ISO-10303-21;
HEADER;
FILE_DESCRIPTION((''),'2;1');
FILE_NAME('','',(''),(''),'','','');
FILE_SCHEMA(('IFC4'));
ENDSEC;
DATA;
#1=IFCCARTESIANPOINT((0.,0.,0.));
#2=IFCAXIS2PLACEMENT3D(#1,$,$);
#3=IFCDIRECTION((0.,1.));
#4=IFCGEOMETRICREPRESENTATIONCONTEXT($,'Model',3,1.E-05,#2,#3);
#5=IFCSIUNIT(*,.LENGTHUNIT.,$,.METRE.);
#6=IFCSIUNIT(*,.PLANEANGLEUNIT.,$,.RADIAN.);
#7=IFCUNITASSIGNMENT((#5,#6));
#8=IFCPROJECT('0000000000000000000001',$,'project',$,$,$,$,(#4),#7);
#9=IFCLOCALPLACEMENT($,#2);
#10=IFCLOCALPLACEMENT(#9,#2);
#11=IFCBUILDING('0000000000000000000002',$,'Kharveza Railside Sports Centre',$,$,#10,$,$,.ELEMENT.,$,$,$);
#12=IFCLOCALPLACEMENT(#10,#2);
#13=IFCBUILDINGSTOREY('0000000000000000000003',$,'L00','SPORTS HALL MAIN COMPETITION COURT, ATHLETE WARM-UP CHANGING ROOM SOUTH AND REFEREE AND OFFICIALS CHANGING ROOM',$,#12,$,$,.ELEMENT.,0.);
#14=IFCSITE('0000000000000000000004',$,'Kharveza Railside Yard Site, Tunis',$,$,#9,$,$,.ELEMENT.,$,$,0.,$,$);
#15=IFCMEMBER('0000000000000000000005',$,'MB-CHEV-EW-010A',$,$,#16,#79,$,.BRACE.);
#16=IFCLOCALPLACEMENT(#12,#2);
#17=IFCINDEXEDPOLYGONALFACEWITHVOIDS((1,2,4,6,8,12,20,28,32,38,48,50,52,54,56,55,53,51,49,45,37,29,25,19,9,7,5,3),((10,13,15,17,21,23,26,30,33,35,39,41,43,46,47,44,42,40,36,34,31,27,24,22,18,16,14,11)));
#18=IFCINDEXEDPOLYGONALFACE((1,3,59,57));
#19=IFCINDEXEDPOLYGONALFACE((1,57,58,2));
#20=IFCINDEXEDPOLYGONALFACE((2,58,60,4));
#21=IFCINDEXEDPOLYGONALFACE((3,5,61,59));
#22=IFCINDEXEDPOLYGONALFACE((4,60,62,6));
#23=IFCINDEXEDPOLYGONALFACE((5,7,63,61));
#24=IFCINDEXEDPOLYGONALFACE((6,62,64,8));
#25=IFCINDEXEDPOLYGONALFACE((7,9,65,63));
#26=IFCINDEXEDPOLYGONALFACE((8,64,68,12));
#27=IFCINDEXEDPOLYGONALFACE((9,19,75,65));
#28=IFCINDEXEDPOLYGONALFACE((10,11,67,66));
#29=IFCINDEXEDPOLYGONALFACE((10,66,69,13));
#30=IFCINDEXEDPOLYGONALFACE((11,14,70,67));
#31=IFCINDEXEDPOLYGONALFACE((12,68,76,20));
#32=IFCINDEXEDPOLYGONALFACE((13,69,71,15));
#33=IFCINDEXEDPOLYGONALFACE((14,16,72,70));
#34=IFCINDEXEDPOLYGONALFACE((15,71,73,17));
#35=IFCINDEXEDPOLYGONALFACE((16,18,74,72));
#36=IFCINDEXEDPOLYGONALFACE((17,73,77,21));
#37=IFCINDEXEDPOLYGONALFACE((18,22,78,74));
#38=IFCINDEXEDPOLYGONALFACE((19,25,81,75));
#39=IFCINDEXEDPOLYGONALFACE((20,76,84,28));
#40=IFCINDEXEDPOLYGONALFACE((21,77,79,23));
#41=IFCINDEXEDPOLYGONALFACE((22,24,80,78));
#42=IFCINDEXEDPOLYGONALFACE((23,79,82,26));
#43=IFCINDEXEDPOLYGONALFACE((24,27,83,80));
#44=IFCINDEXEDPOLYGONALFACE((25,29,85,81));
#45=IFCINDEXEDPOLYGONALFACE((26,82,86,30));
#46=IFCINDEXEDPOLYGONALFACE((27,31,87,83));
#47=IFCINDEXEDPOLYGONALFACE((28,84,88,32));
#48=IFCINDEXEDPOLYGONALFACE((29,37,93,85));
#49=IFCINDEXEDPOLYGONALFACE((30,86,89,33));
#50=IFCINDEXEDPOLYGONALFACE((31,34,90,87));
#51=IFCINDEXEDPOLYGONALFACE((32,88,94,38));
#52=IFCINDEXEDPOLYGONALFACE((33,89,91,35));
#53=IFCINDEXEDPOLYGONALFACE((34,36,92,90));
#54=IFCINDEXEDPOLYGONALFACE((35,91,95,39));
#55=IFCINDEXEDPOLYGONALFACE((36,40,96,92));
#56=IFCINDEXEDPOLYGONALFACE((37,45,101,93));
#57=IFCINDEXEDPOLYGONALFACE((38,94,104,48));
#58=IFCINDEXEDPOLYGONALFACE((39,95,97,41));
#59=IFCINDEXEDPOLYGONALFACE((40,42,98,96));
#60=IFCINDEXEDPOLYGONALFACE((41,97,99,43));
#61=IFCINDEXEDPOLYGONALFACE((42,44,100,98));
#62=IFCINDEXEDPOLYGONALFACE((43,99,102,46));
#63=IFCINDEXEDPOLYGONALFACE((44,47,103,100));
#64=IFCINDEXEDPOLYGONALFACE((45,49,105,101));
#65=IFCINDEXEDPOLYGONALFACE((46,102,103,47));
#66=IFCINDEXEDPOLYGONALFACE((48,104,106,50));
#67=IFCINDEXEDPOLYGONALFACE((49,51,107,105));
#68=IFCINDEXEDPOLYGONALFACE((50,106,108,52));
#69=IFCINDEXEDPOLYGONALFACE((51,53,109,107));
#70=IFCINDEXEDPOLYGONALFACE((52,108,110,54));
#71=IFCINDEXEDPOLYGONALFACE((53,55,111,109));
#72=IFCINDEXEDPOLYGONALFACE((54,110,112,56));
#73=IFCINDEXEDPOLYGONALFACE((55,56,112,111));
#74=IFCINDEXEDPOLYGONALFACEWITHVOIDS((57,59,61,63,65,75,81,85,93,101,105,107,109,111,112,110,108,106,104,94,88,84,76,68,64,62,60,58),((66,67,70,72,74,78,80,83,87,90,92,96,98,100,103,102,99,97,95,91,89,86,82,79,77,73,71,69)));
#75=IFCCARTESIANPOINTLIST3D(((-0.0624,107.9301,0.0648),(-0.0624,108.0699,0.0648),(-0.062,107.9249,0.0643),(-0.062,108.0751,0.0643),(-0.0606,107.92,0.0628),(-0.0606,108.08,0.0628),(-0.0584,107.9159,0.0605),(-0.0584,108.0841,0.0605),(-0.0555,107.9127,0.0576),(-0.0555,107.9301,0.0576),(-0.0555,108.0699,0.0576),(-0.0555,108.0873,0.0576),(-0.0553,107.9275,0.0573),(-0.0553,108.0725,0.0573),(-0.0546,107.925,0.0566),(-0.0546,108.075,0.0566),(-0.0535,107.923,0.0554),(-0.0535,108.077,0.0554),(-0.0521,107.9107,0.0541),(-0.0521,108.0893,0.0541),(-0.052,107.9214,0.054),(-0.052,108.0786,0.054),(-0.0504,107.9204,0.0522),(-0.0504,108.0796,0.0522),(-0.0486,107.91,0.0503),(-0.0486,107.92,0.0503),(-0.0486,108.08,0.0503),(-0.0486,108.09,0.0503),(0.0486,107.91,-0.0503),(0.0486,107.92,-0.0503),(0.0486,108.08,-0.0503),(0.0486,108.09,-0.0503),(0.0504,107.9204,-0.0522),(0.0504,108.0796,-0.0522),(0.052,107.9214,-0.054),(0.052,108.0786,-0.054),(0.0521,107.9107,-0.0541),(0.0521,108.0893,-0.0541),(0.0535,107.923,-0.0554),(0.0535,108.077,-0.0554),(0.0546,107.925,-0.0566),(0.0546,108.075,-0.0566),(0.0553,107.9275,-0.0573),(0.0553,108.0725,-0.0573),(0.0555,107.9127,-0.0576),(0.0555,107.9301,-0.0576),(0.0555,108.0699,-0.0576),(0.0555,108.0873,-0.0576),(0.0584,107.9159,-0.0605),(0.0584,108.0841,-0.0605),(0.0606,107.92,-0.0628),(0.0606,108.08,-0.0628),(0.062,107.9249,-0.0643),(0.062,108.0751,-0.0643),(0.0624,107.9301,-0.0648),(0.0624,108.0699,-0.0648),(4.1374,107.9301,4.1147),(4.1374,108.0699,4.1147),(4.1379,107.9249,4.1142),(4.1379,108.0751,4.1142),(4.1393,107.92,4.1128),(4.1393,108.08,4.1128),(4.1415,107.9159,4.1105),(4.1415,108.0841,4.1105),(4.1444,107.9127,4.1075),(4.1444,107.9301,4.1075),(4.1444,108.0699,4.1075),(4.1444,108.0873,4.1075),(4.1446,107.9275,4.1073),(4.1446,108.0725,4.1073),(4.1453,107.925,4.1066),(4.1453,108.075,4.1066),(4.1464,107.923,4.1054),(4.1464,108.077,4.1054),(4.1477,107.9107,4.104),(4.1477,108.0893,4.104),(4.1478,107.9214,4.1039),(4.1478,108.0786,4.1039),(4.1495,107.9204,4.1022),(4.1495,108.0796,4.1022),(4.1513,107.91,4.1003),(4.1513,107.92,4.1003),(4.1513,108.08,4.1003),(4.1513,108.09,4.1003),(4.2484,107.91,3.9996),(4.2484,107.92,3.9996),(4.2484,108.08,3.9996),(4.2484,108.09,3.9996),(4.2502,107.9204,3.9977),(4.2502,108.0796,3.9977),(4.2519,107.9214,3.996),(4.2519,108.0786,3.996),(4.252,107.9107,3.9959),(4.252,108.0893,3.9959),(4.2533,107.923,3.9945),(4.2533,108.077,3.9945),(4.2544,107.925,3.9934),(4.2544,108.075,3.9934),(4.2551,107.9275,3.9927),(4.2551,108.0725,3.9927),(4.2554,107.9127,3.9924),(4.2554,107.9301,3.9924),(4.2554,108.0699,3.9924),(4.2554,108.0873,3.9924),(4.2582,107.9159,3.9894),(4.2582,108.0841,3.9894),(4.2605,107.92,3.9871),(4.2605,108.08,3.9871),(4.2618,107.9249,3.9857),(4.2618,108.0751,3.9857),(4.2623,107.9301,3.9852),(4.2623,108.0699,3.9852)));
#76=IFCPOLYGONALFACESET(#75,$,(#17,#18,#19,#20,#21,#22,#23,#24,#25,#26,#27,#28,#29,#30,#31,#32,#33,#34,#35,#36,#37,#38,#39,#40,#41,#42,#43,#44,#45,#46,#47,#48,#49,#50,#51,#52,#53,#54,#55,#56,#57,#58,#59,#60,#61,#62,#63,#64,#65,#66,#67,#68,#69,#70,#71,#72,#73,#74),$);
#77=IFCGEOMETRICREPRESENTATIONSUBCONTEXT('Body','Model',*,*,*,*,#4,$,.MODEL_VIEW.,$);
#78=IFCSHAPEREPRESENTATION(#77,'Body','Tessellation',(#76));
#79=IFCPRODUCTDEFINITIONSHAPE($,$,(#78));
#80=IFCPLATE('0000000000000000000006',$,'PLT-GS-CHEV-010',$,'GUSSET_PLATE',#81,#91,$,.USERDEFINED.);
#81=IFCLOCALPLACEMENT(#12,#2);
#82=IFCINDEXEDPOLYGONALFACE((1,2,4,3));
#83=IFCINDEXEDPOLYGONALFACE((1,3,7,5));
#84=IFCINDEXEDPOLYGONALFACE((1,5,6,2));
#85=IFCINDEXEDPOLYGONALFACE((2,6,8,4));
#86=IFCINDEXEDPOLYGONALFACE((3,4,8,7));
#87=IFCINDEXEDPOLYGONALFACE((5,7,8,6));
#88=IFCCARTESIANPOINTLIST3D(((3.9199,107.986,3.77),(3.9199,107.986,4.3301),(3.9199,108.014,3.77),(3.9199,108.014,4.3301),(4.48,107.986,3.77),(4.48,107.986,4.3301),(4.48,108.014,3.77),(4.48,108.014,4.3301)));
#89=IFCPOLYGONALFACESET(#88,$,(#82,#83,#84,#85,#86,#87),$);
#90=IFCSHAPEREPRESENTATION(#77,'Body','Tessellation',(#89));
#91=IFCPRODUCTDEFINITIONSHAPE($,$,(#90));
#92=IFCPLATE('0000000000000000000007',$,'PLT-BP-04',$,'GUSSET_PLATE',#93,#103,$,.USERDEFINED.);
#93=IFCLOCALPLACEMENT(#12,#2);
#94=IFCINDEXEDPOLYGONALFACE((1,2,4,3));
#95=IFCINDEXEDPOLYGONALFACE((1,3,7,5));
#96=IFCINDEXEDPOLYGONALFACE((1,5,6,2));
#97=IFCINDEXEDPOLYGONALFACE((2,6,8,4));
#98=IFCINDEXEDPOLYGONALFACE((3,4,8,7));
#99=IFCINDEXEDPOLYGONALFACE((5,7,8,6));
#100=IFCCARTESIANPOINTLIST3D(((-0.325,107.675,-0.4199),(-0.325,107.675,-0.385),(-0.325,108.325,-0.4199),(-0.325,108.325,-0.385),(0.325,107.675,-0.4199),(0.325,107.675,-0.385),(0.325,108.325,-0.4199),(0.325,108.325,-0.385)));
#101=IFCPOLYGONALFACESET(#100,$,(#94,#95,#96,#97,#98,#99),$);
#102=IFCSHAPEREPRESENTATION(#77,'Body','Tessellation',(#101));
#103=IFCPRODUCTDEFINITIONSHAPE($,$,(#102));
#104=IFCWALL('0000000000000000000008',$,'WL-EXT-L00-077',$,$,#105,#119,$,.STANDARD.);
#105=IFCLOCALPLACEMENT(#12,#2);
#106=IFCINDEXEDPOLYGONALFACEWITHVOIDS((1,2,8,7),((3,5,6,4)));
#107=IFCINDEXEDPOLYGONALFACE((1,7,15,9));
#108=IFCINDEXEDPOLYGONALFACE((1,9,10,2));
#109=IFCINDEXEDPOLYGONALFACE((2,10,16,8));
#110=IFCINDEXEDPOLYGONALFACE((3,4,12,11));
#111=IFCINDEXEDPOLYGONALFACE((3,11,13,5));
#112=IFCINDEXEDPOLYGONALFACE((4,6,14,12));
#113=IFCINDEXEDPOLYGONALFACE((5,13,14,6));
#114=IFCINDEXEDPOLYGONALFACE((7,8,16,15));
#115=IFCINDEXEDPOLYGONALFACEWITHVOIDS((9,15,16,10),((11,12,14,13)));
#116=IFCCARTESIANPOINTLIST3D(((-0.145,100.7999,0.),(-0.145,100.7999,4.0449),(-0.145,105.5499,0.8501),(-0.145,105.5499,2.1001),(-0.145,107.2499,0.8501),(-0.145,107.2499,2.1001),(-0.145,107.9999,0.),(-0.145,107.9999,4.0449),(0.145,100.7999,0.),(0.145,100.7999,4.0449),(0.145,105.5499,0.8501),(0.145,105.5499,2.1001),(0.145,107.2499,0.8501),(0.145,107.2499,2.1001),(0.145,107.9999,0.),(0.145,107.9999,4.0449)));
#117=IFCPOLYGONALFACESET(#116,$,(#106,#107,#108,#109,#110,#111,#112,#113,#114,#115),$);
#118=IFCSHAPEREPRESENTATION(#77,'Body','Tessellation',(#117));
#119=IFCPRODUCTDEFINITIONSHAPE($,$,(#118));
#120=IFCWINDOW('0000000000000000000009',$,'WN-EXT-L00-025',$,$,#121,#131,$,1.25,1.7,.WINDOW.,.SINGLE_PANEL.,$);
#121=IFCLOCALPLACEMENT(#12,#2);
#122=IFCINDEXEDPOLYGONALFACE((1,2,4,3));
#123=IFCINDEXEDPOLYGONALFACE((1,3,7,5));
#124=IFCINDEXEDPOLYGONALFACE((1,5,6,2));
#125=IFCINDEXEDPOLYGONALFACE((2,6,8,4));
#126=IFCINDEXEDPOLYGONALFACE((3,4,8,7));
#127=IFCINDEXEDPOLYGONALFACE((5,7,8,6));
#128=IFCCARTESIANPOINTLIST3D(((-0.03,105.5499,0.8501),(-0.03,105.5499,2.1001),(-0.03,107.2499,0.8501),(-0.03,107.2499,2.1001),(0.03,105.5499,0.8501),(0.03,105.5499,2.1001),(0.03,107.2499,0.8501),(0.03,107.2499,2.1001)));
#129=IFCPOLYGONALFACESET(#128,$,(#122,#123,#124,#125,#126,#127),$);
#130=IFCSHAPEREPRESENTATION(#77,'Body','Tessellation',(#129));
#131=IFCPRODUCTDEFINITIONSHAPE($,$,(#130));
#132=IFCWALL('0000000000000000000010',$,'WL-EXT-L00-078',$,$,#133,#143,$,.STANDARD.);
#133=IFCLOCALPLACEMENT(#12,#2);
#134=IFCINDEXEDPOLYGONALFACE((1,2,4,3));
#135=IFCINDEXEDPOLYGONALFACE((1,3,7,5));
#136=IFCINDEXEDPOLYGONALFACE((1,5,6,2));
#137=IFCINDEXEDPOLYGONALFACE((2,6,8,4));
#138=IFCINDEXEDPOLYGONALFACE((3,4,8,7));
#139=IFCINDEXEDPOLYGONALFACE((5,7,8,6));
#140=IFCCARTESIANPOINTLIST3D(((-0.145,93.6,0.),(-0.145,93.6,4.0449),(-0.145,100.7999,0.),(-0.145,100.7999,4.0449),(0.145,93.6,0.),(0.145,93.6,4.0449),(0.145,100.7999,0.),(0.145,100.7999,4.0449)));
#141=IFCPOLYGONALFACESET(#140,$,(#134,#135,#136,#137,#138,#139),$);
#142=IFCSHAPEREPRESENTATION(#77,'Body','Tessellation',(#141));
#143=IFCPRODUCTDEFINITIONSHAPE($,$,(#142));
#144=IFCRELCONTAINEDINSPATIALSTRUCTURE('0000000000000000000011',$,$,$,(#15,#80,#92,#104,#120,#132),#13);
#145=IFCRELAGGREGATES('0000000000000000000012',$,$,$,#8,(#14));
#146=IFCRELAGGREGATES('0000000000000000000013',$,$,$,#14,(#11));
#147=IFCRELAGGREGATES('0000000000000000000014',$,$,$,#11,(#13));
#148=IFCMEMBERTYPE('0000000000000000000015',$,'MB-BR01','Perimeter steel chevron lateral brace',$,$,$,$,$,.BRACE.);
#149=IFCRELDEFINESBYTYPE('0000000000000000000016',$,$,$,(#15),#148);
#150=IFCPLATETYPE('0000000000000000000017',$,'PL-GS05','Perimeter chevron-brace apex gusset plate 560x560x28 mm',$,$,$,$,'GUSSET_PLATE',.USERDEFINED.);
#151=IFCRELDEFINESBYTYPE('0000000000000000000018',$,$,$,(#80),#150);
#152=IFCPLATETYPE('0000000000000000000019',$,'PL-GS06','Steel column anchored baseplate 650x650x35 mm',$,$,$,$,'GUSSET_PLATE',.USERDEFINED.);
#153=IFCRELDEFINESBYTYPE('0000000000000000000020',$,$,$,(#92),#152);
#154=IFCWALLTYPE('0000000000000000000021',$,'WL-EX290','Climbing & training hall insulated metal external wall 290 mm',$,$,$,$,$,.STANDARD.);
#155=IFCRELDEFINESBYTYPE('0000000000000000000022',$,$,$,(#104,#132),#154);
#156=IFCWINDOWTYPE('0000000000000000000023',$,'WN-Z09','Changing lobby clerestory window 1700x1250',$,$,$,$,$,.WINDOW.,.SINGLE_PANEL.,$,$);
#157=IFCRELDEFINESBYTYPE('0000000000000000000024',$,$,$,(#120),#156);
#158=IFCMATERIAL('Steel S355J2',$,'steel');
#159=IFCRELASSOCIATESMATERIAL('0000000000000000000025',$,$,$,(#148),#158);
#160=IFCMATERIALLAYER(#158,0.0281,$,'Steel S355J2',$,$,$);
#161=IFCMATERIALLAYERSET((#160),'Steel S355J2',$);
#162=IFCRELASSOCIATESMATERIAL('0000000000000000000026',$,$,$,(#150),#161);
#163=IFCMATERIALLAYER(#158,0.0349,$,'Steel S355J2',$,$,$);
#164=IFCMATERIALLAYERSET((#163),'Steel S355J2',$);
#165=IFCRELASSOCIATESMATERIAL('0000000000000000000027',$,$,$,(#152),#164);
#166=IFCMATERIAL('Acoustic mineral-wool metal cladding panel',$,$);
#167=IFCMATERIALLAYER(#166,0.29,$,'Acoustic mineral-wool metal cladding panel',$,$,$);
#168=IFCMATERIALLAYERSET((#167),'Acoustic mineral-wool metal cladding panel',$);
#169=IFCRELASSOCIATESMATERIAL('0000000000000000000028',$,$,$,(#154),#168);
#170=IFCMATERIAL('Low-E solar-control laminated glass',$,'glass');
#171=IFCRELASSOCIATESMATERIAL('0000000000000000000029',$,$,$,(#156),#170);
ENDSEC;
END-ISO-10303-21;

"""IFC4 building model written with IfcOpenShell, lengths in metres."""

from ifc_helpers import new_model, si_unit, direction, frame, frame_2d, origin, origin_2d, place, context, subcontext, project, spatial, rectangle, hollow_rectangle, extrude, material, layer, layer_set, material_profile, profile_set, type_object, element, fill, save


model = new_model("IFC4")

# Units and contexts
model_context = context("Model", 3, precision=1e-05, world=origin(), true_north=direction((0.0, 1.0)))
body_context = subcontext(model_context, "Body", "Model", "MODEL_VIEW")
ifc_project = project(units=[si_unit("LENGTHUNIT", "METRE"), si_unit("PLANEANGLEUNIT", "RADIAN")], contexts=[model_context])

# Site, building, storey
site_placement = place(None, origin())
site = spatial("IfcSite", under=ifc_project, at=site_placement, Name="Kharveza Railside Yard Site, Tunis", CompositionType="ELEMENT", RefElevation=0.0)
building_placement = place(site_placement, origin())
building = spatial("IfcBuilding", under=site, at=building_placement, Name="Kharveza Railside Sports Centre", CompositionType="ELEMENT")
storey_placement = place(building_placement, origin())
storey = spatial("IfcBuildingStorey", under=building, at=storey_placement, Name="L00", Description="SPORTS HALL MAIN COMPETITION COURT, ATHLETE WARM-UP CHANGING ROOM SOUTH AND REFEREE AND OFFICIALS CHANGING ROOM", CompositionType="ELEMENT", Elevation=0.0)

# Shared definitions
ifc_material_1 = material(Name="Steel S355J2", Category="steel")

# Member
ifc_material_profile_1 = material_profile(ifc_material_1, hollow_rectangle(XDim=0.1799, YDim=0.1799, WallThickness=0.01, InnerFilletRadius=0.01, OuterFilletRadius=0.02, at=origin_2d()), Name="SHS 180x180x10.0")
ifc_profile_set_1 = profile_set([ifc_material_profile_1], Name="Steel S355J2")
member_type = type_object("IfcMemberType", Name="MB-BR01", Description="Perimeter steel chevron lateral brace", PredefinedType="BRACE", material=ifc_profile_set_1)
member_placement = place(storey_placement, frame((0.0, 108.0, 0.0), z_axis=(0.719836, 0.0, 0.694144), x_axis=(0.0, 1.0, 0.0)))
element("IfcMember", 1, at=member_placement, inside=storey, type_object=member_type, Name="MB-CHEV-EW-010A", PredefinedType="BRACE", context=body_context, shape_type="SweptSolid", body=[
    extrude(hollow_rectangle(XDim=0.1799, YDim=0.1799, WallThickness=0.01, InnerFilletRadius=0.01, OuterFilletRadius=0.02, at=origin_2d()), origin(), (0.0, 0.0, 1.0), 5.8345),
])

# Plates
ifc_layer_1 = layer(ifc_material_1, 0.0281, Name="Steel S355J2")
ifc_layer_set_1 = layer_set([ifc_layer_1], Name="Steel S355J2")
plate_type_1 = type_object("IfcPlateType", Name="PL-GS05", Description="Perimeter chevron-brace apex gusset plate 560x560x28 mm", ElementType="GUSSET_PLATE", PredefinedType="USERDEFINED", material=ifc_layer_set_1)
plate_1_placement = place(storey_placement, frame((4.2, 108.0, 3.77), z_axis=(0.0, 0.0, 1.0), x_axis=(1.0, 0.0, 0.0)))
element("IfcPlate", 2, at=plate_1_placement, inside=storey, type_object=plate_type_1, Name="PLT-GS-CHEV-010", ObjectType="GUSSET_PLATE", PredefinedType="USERDEFINED", context=body_context, shape_type="SweptSolid", body=[
    extrude(rectangle(XDim=0.5601, YDim=0.0281, at=origin_2d()), origin(), (0.0, 0.0, 1.0), 0.5601),
])
ifc_layer_2 = layer(ifc_material_1, 0.0349, Name="Steel S355J2")
ifc_layer_set_2 = layer_set([ifc_layer_2], Name="Steel S355J2")
plate_type_2 = type_object("IfcPlateType", Name="PL-GS06", Description="Steel column anchored baseplate 650x650x35 mm", ElementType="GUSSET_PLATE", PredefinedType="USERDEFINED", material=ifc_layer_set_2)
plate_2_placement = place(storey_placement, frame((0.0, 108.0, -0.4199), z_axis=(0.0, 0.0, 1.0), x_axis=(1.0, 0.0, 0.0)))
element("IfcPlate", 3, at=plate_2_placement, inside=storey, type_object=plate_type_2, Name="PLT-BP-04", ObjectType="GUSSET_PLATE", PredefinedType="USERDEFINED", context=body_context, shape_type="SweptSolid", body=[
    extrude(rectangle(XDim=0.6499, YDim=0.6499, at=origin_2d()), origin(), (0.0, 0.0, 1.0), 0.0349),
])

# Wall, opening, window
ifc_material_2 = material(Name="Acoustic mineral-wool metal cladding panel")
ifc_layer_3 = layer(ifc_material_2, 0.29, Name="Acoustic mineral-wool metal cladding panel")
ifc_layer_set_3 = layer_set([ifc_layer_3], Name="Acoustic mineral-wool metal cladding panel")
wall_type = type_object("IfcWallType", Name="WL-EX290", Description="Climbing & training hall insulated metal external wall 290 mm", PredefinedType="STANDARD", material=ifc_layer_set_3)
wall_1_placement = place(storey_placement, frame((0.0, 108.0, 0.0), z_axis=(0.0, 0.0, 1.0), x_axis=(0.0, -1.0, 0.0)))
wall_1 = element("IfcWall", 4, at=wall_1_placement, inside=storey, type_object=wall_type, Name="WL-EXT-L00-077", PredefinedType="STANDARD", context=body_context, shape_type="SweptSolid", body=[
    extrude(rectangle(XDim=7.2, YDim=0.29, at=frame_2d((3.6001, 0.0))), origin(), (0.0, 0.0, 1.0), 4.0449),
])
opening_placement = place(wall_1_placement, frame((0.75, 0.0, 0.8501)))
opening = element("IfcOpeningElement", 5, at=opening_placement, cuts=wall_1, PredefinedType="OPENING", context=body_context, shape_type="SweptSolid", body=[
    extrude(rectangle(XDim=1.7, YDim=1.25, at=frame_2d((0.8501, 0.625))), frame((0.0, 0.1699, 0.0), z_axis=(0.0, -1.0, 0.0), x_axis=(1.0, 0.0, 0.0)), (0.0, 0.0, 1.0), 0.3398),
])
ifc_material_3 = material(Name="Low-E solar-control laminated glass", Category="glass")
window_type = type_object("IfcWindowType", Name="WN-Z09", Description="Changing lobby clerestory window 1700x1250", PartitioningType="SINGLE_PANEL", PredefinedType="WINDOW", material=ifc_material_3)
window_placement = place(opening_placement, origin())
window = element("IfcWindow", 6, at=window_placement, inside=storey, type_object=window_type, Name="WN-EXT-L00-025", OverallHeight=1.25, OverallWidth=1.7, PartitioningType="SINGLE_PANEL", PredefinedType="WINDOW", context=body_context, shape_type="SweptSolid", body=[
    extrude(rectangle(XDim=1.7, YDim=1.25, at=frame_2d((0.8501, 0.625))), frame((0.0, 0.03, 0.0), z_axis=(0.0, -1.0, 0.0), x_axis=(1.0, 0.0, 0.0)), (0.0, 0.0, 1.0), 0.0601),
])
fill(opening, window)

# Wall
wall_2_placement = place(storey_placement, frame((0.0, 100.8, 0.0), z_axis=(0.0, 0.0, 1.0), x_axis=(0.0, -1.0, 0.0)))
element("IfcWall", 7, at=wall_2_placement, inside=storey, type_object=wall_type, Name="WL-EXT-L00-078", PredefinedType="STANDARD", context=body_context, shape_type="SweptSolid", body=[
    extrude(rectangle(XDim=7.2, YDim=0.29, at=frame_2d((3.6001, 0.0))), origin(), (0.0, 0.0, 1.0), 4.0449),
])

save(model, "model.ifc")
